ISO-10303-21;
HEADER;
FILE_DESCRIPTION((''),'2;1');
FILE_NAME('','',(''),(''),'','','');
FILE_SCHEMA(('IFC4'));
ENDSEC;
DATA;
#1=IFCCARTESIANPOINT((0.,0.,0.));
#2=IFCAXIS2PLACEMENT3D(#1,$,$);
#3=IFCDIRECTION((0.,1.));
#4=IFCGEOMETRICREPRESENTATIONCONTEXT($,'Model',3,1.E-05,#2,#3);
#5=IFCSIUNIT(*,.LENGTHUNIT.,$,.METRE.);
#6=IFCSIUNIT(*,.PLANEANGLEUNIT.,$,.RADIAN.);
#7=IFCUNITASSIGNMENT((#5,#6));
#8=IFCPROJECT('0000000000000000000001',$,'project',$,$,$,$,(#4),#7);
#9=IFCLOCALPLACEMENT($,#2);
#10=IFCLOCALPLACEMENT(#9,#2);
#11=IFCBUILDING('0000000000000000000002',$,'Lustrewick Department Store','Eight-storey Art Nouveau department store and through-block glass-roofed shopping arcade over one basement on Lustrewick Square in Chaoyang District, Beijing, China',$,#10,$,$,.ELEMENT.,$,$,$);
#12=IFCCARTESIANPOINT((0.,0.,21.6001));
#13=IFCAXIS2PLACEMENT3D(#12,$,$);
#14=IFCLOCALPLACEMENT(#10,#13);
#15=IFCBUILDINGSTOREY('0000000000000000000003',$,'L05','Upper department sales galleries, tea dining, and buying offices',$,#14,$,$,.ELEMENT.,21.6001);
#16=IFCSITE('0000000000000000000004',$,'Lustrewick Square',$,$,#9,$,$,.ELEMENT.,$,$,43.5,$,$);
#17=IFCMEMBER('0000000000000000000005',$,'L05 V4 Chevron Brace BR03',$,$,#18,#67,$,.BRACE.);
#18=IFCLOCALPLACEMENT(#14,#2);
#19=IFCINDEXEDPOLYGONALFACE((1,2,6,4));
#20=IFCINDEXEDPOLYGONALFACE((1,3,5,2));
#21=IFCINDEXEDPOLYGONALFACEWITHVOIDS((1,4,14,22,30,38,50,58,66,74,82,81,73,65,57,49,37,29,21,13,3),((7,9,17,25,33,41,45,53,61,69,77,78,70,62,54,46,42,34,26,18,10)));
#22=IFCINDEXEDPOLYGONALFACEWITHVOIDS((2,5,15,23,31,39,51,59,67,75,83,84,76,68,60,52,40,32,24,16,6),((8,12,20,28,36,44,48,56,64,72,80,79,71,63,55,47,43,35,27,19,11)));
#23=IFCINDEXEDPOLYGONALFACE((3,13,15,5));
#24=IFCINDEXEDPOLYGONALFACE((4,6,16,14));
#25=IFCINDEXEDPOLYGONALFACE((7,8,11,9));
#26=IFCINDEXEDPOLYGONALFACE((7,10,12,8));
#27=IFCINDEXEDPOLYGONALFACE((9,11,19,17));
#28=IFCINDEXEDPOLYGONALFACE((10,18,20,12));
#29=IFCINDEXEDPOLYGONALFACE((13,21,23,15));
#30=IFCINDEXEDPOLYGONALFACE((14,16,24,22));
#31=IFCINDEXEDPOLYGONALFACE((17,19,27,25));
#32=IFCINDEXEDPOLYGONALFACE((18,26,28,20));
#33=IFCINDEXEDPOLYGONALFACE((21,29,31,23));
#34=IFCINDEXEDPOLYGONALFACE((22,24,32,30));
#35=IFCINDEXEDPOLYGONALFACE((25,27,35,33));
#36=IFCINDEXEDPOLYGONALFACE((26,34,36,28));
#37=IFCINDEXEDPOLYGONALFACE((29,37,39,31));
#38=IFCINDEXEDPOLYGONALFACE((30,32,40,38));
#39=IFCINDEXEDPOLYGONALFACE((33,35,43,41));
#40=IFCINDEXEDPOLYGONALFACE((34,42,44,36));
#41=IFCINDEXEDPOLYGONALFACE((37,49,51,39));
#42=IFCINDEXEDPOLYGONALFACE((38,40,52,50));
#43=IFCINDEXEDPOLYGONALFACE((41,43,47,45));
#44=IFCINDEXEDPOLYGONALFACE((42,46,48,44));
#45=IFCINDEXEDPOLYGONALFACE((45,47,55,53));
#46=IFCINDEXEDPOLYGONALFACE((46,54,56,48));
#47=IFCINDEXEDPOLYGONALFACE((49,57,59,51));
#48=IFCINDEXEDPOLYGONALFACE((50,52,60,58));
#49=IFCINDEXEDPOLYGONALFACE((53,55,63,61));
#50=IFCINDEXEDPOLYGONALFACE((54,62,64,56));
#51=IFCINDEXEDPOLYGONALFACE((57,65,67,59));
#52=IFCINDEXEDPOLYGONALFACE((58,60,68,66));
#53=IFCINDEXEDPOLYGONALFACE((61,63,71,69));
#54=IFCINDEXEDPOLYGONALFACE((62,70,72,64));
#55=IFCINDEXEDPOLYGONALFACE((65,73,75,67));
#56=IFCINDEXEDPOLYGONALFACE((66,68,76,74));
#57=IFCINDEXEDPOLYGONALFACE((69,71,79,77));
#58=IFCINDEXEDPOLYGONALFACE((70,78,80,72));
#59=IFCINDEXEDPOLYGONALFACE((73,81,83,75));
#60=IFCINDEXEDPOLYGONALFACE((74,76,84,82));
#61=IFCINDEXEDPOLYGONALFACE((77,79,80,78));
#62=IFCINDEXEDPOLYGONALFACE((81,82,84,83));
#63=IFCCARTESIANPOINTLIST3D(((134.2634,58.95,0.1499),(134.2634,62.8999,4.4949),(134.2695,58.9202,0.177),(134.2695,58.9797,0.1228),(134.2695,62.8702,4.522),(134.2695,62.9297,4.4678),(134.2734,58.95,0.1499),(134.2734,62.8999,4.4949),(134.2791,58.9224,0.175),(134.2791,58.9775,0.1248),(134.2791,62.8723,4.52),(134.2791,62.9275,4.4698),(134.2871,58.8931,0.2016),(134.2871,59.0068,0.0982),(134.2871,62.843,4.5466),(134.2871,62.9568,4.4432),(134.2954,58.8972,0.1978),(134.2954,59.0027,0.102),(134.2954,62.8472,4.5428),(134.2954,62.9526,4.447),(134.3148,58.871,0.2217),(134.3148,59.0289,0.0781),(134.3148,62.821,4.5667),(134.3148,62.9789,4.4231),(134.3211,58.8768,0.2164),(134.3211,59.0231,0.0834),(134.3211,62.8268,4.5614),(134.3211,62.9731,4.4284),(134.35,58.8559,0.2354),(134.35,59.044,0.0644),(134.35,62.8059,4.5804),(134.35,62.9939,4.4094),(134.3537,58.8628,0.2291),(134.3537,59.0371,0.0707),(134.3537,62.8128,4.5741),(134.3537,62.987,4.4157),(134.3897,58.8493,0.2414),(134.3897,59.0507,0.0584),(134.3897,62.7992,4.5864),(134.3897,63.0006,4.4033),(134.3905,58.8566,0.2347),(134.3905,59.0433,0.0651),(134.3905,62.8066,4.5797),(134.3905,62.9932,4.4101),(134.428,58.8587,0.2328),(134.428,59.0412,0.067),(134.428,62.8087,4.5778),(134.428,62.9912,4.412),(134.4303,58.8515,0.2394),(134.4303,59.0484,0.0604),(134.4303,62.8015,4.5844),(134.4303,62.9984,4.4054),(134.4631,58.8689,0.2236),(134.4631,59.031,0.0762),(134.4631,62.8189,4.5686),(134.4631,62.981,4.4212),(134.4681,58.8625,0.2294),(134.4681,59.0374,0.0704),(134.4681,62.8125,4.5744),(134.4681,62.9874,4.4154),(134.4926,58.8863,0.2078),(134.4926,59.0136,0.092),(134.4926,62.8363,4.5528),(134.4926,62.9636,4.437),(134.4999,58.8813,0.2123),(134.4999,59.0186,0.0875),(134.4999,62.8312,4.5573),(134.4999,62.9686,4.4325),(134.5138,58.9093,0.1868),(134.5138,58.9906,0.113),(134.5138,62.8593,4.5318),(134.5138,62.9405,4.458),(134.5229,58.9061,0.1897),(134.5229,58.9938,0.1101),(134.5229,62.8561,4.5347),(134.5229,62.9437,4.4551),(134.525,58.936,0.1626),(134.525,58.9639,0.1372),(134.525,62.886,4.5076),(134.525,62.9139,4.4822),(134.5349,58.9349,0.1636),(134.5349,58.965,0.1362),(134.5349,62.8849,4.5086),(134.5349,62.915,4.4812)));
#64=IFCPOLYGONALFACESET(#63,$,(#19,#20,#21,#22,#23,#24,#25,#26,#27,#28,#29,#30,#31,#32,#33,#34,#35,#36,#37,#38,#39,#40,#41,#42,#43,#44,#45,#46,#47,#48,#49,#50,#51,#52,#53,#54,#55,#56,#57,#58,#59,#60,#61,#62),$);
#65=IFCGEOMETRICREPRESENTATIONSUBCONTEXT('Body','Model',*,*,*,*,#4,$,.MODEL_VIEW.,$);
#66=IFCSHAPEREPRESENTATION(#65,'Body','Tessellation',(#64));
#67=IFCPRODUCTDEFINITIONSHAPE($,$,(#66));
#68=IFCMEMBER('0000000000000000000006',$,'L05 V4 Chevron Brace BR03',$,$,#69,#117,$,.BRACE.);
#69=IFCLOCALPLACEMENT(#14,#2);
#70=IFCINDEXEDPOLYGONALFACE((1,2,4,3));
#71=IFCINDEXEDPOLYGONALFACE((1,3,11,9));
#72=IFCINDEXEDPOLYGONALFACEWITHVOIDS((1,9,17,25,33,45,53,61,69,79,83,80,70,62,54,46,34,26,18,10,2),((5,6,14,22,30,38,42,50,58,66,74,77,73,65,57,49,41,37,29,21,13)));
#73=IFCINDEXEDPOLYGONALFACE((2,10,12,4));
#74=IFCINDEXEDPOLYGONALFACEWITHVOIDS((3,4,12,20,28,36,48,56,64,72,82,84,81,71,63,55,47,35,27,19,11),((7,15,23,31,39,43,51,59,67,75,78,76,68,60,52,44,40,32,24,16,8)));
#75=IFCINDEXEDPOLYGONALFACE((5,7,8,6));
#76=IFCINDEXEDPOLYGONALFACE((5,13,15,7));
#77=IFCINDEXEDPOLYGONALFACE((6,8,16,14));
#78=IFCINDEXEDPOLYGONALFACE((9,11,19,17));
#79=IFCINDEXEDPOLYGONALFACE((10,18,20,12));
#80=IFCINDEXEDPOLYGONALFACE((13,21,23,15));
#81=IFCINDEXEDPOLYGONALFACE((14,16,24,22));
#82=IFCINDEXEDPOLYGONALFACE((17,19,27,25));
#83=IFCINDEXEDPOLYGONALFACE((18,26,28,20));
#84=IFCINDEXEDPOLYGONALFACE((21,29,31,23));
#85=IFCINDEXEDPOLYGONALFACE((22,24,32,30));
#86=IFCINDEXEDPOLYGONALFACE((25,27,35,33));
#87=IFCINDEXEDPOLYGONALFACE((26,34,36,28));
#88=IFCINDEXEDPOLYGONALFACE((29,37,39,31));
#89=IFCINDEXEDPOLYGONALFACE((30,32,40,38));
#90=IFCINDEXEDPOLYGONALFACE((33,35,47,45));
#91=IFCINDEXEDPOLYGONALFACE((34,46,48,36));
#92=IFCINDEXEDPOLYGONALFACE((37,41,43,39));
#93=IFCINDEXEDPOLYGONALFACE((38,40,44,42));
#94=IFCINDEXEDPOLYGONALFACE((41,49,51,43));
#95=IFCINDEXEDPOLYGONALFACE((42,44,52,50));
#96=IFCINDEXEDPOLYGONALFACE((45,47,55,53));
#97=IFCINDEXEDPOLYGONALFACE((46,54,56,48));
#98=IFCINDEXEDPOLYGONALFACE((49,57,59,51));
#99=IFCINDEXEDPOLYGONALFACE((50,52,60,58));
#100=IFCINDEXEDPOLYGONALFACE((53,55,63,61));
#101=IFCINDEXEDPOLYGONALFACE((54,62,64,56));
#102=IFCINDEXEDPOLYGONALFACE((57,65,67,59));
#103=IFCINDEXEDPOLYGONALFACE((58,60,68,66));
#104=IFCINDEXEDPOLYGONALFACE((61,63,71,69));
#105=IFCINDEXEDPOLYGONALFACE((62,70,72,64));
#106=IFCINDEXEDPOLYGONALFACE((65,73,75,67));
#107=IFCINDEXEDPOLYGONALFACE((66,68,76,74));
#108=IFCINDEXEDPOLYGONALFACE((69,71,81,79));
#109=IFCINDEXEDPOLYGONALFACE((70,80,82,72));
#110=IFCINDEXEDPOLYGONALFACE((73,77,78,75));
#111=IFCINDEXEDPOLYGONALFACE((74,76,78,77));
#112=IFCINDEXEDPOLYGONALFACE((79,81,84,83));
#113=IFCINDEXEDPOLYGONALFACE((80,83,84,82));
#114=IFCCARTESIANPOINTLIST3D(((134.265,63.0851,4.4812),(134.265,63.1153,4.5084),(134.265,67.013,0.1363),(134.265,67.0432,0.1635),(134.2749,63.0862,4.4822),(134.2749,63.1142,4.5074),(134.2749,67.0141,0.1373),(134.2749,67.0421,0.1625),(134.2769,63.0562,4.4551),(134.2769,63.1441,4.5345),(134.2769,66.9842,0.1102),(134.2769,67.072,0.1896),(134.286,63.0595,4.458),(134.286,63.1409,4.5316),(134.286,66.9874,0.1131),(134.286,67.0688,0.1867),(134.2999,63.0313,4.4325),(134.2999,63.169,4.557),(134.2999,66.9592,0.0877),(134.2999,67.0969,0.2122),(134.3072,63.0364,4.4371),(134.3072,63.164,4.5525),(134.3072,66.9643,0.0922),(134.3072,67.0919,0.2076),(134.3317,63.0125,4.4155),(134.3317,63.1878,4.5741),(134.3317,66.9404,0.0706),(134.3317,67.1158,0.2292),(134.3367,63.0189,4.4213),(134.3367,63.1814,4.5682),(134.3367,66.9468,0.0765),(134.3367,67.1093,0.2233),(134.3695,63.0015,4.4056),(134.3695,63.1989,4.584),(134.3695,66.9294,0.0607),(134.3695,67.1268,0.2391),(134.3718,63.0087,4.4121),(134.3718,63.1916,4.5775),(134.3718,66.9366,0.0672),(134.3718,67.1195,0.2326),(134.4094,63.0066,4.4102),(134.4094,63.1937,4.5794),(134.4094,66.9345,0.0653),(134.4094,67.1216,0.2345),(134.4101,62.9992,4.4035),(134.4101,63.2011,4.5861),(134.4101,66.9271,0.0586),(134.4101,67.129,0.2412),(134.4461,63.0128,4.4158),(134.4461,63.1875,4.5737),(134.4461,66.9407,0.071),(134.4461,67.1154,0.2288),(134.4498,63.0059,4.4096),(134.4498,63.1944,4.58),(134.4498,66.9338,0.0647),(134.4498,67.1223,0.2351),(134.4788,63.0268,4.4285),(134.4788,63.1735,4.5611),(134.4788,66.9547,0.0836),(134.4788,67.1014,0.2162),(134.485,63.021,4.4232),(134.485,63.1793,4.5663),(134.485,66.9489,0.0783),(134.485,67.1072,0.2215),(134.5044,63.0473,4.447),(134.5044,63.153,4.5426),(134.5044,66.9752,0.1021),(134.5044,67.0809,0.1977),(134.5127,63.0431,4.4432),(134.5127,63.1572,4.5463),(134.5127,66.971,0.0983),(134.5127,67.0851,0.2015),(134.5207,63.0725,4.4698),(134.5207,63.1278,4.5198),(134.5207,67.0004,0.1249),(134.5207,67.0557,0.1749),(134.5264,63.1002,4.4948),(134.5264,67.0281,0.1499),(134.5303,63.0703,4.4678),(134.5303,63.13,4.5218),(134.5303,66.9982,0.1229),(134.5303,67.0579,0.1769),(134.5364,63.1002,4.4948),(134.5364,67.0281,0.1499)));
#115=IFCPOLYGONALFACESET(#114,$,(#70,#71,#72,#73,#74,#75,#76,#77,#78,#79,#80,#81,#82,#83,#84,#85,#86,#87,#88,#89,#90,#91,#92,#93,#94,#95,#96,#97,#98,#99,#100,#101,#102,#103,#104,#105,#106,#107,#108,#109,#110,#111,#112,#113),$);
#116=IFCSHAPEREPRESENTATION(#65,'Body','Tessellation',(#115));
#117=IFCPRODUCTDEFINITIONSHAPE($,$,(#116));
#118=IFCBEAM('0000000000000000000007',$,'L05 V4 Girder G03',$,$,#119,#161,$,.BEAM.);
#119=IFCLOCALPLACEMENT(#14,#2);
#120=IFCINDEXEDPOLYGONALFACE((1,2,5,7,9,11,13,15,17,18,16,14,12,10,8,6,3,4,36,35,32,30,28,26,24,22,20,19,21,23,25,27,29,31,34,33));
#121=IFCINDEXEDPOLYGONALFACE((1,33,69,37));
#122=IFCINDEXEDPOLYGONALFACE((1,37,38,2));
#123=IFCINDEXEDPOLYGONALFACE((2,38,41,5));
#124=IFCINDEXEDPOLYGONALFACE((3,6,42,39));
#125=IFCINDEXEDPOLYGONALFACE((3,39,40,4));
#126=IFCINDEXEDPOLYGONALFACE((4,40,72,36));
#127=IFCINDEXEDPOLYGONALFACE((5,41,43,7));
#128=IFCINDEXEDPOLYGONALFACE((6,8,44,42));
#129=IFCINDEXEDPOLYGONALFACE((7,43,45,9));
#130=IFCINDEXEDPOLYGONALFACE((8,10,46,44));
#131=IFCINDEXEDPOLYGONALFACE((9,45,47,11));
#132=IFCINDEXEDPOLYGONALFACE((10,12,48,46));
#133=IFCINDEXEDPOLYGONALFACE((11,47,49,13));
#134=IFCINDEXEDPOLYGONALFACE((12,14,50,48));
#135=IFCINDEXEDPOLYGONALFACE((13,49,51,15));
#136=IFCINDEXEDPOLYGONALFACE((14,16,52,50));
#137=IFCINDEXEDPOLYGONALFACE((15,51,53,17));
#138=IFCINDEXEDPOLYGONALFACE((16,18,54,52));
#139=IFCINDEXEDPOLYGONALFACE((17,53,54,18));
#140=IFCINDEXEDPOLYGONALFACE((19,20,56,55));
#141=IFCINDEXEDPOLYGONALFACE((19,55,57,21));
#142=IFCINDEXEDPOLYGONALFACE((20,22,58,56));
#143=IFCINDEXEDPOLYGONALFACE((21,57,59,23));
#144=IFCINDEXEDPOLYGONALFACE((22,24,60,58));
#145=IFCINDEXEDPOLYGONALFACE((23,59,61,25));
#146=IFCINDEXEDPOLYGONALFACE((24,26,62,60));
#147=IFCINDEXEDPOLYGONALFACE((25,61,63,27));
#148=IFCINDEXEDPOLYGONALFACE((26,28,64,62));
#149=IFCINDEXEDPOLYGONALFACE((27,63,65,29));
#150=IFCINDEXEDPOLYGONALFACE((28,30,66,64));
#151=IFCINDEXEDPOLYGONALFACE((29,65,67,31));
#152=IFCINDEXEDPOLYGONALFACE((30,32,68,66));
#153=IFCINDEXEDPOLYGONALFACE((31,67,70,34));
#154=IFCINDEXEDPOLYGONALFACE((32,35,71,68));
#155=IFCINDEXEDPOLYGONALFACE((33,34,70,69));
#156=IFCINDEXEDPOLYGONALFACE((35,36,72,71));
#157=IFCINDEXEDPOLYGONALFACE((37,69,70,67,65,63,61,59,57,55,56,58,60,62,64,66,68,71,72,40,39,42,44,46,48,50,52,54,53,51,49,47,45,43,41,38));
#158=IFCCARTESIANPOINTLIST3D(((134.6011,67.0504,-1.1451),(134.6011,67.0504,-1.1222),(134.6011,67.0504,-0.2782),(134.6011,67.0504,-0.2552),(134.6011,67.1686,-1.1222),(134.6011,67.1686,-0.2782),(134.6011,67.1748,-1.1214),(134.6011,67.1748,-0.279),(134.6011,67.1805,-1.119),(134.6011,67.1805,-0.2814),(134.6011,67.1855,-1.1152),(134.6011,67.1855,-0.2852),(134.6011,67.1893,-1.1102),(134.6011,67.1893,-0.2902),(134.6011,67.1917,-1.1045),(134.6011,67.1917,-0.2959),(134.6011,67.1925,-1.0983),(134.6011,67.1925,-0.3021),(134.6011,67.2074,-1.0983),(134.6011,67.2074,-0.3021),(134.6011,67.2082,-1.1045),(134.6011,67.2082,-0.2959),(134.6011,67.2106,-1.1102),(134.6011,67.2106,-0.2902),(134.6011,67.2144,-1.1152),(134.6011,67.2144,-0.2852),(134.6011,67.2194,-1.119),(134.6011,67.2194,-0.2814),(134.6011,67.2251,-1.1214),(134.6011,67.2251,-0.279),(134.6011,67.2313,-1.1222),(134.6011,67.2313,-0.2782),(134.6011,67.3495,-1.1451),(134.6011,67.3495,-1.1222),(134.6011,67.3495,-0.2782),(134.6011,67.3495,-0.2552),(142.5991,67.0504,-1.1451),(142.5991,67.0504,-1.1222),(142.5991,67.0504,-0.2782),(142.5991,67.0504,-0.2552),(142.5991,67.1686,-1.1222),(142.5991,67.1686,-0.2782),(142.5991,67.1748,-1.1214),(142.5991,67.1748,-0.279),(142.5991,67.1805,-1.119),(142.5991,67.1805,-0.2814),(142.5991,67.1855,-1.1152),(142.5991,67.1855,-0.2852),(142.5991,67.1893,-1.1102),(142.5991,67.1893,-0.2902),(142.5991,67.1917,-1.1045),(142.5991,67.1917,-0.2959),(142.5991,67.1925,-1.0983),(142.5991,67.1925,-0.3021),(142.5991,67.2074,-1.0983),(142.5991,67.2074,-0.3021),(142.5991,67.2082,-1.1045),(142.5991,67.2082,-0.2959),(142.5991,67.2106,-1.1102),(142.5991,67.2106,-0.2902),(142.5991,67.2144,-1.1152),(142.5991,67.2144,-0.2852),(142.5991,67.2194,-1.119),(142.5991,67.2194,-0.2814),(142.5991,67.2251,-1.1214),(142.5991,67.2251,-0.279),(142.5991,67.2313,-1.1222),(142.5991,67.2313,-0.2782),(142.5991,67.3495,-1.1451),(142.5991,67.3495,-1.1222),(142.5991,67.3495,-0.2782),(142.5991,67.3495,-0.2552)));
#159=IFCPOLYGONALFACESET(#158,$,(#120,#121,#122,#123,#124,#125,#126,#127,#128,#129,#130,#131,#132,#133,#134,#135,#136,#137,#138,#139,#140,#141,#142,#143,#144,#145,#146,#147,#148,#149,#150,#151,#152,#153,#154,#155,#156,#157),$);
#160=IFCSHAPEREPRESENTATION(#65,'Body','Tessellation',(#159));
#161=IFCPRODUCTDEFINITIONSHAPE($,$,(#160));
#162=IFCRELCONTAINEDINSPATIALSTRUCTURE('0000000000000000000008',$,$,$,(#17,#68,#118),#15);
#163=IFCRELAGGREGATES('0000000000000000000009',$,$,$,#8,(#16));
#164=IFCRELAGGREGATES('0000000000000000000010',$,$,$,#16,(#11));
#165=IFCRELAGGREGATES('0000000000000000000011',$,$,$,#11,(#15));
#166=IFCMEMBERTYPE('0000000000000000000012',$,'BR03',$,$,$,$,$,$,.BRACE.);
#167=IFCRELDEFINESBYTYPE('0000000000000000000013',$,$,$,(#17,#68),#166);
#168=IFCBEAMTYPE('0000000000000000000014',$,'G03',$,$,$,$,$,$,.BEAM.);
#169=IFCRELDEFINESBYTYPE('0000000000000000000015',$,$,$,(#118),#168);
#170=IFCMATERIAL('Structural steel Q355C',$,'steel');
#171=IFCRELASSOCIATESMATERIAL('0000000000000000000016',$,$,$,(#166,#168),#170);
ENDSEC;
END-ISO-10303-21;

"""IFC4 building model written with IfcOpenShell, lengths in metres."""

from ifc_helpers import new_model, si_unit, direction, frame, origin, origin_2d, place, context, subcontext, project, spatial, hollow_circle, i_section, extrude, material, material_profile, profile_set, type_object, element, save


model = new_model("IFC4")

# Units and contexts
model_context = context("Model", 3, precision=1e-05, world=origin(), true_north=direction((0.0, 1.0)))
body_context = subcontext(model_context, "Body", "Model", "MODEL_VIEW")
ifc_project = project(units=[si_unit("LENGTHUNIT", "METRE"), si_unit("PLANEANGLEUNIT", "RADIAN")], contexts=[model_context])

# Site, building, storey
site_placement = place(None, origin())
site = spatial("IfcSite", under=ifc_project, at=site_placement, Name="Lustrewick Square", CompositionType="ELEMENT", RefElevation=43.5)
building_placement = place(site_placement, origin())
building = spatial("IfcBuilding", under=site, at=building_placement, Name="Lustrewick Department Store", Description="Eight-storey Art Nouveau department store and through-block glass-roofed shopping arcade over one basement on Lustrewick Square in Chaoyang District, Beijing, China", CompositionType="ELEMENT")
storey_placement = place(building_placement, frame((0.0, 0.0, 21.6001)))
storey = spatial("IfcBuildingStorey", under=building, at=storey_placement, Name="L05", Description="Upper department sales galleries, tea dining, and buying offices", CompositionType="ELEMENT", Elevation=21.6001)

# Members
ifc_material_1 = material(Name="Structural steel Q355C", Category="steel")
ifc_material_profile_1 = material_profile(ifc_material_1, hollow_circle(Radius=0.1365, WallThickness=0.01, at=origin_2d()), Name="CHS 273x10")
ifc_profile_set_1 = profile_set([ifc_material_profile_1], Name="Structural steel Q355C")
member_type = type_object("IfcMemberType", Name="BR03", PredefinedType="BRACE", material=ifc_profile_set_1)
member_1_placement = place(storey_placement, frame((134.3999, 58.95, 0.1499), z_axis=(0.0, 0.672671, 0.739942), x_axis=(-1.0, 0.0, 0.0)))
element("IfcMember", 1, at=member_1_placement, inside=storey, type_object=member_type, Name="L05 V4 Chevron Brace BR03", PredefinedType="BRACE", context=body_context, shape_type="SweptSolid", body=[
    extrude(hollow_circle(Radius=0.1365, WallThickness=0.01, at=origin_2d()), origin(), (0.0, 0.0, 1.0), 5.8721),
])
member_2_placement = place(storey_placement, frame((134.3999, 67.0281, 0.1499), z_axis=(0.0, -0.670614, 0.741806), x_axis=(1.0, 0.0, 0.0)))
element("IfcMember", 2, at=member_2_placement, inside=storey, type_object=member_type, Name="L05 V4 Chevron Brace BR03", PredefinedType="BRACE", context=body_context, shape_type="SweptSolid", body=[
    extrude(hollow_circle(Radius=0.1365, WallThickness=0.01, at=origin_2d()), origin(), (0.0, 0.0, 1.0), 5.8572),
])

# Beam
ifc_material_profile_2 = material_profile(ifc_material_1, i_section(OverallWidth=0.2991, OverallDepth=0.8899, WebThickness=0.0149, FlangeThickness=0.0229, FilletRadius=0.0239, at=origin_2d()), Name="HN 890x299x15x23")
ifc_profile_set_2 = profile_set([ifc_material_profile_2], Name="Structural steel Q355C")
beam_type_1 = type_object("IfcBeamType", Name="G03", PredefinedType="BEAM", material=ifc_profile_set_2)
beam_1_placement = place(storey_placement, frame((134.6011, 67.2, -0.7002), z_axis=(1.0, 0.0, 0.0), x_axis=(0.0, 1.0, 0.0)))
element("IfcBeam", 3, at=beam_1_placement, inside=storey, type_object=beam_type_1, Name="L05 V4 Girder G03", PredefinedType="BEAM", context=body_context, shape_type="SweptSolid", body=[
    extrude(i_section(OverallWidth=0.2991, OverallDepth=0.8899, WebThickness=0.0149, FlangeThickness=0.0229, FilletRadius=0.0239, at=origin_2d()), origin(), (0.0, 0.0, 1.0), 7.998),
])

save(model, "model.ifc")
